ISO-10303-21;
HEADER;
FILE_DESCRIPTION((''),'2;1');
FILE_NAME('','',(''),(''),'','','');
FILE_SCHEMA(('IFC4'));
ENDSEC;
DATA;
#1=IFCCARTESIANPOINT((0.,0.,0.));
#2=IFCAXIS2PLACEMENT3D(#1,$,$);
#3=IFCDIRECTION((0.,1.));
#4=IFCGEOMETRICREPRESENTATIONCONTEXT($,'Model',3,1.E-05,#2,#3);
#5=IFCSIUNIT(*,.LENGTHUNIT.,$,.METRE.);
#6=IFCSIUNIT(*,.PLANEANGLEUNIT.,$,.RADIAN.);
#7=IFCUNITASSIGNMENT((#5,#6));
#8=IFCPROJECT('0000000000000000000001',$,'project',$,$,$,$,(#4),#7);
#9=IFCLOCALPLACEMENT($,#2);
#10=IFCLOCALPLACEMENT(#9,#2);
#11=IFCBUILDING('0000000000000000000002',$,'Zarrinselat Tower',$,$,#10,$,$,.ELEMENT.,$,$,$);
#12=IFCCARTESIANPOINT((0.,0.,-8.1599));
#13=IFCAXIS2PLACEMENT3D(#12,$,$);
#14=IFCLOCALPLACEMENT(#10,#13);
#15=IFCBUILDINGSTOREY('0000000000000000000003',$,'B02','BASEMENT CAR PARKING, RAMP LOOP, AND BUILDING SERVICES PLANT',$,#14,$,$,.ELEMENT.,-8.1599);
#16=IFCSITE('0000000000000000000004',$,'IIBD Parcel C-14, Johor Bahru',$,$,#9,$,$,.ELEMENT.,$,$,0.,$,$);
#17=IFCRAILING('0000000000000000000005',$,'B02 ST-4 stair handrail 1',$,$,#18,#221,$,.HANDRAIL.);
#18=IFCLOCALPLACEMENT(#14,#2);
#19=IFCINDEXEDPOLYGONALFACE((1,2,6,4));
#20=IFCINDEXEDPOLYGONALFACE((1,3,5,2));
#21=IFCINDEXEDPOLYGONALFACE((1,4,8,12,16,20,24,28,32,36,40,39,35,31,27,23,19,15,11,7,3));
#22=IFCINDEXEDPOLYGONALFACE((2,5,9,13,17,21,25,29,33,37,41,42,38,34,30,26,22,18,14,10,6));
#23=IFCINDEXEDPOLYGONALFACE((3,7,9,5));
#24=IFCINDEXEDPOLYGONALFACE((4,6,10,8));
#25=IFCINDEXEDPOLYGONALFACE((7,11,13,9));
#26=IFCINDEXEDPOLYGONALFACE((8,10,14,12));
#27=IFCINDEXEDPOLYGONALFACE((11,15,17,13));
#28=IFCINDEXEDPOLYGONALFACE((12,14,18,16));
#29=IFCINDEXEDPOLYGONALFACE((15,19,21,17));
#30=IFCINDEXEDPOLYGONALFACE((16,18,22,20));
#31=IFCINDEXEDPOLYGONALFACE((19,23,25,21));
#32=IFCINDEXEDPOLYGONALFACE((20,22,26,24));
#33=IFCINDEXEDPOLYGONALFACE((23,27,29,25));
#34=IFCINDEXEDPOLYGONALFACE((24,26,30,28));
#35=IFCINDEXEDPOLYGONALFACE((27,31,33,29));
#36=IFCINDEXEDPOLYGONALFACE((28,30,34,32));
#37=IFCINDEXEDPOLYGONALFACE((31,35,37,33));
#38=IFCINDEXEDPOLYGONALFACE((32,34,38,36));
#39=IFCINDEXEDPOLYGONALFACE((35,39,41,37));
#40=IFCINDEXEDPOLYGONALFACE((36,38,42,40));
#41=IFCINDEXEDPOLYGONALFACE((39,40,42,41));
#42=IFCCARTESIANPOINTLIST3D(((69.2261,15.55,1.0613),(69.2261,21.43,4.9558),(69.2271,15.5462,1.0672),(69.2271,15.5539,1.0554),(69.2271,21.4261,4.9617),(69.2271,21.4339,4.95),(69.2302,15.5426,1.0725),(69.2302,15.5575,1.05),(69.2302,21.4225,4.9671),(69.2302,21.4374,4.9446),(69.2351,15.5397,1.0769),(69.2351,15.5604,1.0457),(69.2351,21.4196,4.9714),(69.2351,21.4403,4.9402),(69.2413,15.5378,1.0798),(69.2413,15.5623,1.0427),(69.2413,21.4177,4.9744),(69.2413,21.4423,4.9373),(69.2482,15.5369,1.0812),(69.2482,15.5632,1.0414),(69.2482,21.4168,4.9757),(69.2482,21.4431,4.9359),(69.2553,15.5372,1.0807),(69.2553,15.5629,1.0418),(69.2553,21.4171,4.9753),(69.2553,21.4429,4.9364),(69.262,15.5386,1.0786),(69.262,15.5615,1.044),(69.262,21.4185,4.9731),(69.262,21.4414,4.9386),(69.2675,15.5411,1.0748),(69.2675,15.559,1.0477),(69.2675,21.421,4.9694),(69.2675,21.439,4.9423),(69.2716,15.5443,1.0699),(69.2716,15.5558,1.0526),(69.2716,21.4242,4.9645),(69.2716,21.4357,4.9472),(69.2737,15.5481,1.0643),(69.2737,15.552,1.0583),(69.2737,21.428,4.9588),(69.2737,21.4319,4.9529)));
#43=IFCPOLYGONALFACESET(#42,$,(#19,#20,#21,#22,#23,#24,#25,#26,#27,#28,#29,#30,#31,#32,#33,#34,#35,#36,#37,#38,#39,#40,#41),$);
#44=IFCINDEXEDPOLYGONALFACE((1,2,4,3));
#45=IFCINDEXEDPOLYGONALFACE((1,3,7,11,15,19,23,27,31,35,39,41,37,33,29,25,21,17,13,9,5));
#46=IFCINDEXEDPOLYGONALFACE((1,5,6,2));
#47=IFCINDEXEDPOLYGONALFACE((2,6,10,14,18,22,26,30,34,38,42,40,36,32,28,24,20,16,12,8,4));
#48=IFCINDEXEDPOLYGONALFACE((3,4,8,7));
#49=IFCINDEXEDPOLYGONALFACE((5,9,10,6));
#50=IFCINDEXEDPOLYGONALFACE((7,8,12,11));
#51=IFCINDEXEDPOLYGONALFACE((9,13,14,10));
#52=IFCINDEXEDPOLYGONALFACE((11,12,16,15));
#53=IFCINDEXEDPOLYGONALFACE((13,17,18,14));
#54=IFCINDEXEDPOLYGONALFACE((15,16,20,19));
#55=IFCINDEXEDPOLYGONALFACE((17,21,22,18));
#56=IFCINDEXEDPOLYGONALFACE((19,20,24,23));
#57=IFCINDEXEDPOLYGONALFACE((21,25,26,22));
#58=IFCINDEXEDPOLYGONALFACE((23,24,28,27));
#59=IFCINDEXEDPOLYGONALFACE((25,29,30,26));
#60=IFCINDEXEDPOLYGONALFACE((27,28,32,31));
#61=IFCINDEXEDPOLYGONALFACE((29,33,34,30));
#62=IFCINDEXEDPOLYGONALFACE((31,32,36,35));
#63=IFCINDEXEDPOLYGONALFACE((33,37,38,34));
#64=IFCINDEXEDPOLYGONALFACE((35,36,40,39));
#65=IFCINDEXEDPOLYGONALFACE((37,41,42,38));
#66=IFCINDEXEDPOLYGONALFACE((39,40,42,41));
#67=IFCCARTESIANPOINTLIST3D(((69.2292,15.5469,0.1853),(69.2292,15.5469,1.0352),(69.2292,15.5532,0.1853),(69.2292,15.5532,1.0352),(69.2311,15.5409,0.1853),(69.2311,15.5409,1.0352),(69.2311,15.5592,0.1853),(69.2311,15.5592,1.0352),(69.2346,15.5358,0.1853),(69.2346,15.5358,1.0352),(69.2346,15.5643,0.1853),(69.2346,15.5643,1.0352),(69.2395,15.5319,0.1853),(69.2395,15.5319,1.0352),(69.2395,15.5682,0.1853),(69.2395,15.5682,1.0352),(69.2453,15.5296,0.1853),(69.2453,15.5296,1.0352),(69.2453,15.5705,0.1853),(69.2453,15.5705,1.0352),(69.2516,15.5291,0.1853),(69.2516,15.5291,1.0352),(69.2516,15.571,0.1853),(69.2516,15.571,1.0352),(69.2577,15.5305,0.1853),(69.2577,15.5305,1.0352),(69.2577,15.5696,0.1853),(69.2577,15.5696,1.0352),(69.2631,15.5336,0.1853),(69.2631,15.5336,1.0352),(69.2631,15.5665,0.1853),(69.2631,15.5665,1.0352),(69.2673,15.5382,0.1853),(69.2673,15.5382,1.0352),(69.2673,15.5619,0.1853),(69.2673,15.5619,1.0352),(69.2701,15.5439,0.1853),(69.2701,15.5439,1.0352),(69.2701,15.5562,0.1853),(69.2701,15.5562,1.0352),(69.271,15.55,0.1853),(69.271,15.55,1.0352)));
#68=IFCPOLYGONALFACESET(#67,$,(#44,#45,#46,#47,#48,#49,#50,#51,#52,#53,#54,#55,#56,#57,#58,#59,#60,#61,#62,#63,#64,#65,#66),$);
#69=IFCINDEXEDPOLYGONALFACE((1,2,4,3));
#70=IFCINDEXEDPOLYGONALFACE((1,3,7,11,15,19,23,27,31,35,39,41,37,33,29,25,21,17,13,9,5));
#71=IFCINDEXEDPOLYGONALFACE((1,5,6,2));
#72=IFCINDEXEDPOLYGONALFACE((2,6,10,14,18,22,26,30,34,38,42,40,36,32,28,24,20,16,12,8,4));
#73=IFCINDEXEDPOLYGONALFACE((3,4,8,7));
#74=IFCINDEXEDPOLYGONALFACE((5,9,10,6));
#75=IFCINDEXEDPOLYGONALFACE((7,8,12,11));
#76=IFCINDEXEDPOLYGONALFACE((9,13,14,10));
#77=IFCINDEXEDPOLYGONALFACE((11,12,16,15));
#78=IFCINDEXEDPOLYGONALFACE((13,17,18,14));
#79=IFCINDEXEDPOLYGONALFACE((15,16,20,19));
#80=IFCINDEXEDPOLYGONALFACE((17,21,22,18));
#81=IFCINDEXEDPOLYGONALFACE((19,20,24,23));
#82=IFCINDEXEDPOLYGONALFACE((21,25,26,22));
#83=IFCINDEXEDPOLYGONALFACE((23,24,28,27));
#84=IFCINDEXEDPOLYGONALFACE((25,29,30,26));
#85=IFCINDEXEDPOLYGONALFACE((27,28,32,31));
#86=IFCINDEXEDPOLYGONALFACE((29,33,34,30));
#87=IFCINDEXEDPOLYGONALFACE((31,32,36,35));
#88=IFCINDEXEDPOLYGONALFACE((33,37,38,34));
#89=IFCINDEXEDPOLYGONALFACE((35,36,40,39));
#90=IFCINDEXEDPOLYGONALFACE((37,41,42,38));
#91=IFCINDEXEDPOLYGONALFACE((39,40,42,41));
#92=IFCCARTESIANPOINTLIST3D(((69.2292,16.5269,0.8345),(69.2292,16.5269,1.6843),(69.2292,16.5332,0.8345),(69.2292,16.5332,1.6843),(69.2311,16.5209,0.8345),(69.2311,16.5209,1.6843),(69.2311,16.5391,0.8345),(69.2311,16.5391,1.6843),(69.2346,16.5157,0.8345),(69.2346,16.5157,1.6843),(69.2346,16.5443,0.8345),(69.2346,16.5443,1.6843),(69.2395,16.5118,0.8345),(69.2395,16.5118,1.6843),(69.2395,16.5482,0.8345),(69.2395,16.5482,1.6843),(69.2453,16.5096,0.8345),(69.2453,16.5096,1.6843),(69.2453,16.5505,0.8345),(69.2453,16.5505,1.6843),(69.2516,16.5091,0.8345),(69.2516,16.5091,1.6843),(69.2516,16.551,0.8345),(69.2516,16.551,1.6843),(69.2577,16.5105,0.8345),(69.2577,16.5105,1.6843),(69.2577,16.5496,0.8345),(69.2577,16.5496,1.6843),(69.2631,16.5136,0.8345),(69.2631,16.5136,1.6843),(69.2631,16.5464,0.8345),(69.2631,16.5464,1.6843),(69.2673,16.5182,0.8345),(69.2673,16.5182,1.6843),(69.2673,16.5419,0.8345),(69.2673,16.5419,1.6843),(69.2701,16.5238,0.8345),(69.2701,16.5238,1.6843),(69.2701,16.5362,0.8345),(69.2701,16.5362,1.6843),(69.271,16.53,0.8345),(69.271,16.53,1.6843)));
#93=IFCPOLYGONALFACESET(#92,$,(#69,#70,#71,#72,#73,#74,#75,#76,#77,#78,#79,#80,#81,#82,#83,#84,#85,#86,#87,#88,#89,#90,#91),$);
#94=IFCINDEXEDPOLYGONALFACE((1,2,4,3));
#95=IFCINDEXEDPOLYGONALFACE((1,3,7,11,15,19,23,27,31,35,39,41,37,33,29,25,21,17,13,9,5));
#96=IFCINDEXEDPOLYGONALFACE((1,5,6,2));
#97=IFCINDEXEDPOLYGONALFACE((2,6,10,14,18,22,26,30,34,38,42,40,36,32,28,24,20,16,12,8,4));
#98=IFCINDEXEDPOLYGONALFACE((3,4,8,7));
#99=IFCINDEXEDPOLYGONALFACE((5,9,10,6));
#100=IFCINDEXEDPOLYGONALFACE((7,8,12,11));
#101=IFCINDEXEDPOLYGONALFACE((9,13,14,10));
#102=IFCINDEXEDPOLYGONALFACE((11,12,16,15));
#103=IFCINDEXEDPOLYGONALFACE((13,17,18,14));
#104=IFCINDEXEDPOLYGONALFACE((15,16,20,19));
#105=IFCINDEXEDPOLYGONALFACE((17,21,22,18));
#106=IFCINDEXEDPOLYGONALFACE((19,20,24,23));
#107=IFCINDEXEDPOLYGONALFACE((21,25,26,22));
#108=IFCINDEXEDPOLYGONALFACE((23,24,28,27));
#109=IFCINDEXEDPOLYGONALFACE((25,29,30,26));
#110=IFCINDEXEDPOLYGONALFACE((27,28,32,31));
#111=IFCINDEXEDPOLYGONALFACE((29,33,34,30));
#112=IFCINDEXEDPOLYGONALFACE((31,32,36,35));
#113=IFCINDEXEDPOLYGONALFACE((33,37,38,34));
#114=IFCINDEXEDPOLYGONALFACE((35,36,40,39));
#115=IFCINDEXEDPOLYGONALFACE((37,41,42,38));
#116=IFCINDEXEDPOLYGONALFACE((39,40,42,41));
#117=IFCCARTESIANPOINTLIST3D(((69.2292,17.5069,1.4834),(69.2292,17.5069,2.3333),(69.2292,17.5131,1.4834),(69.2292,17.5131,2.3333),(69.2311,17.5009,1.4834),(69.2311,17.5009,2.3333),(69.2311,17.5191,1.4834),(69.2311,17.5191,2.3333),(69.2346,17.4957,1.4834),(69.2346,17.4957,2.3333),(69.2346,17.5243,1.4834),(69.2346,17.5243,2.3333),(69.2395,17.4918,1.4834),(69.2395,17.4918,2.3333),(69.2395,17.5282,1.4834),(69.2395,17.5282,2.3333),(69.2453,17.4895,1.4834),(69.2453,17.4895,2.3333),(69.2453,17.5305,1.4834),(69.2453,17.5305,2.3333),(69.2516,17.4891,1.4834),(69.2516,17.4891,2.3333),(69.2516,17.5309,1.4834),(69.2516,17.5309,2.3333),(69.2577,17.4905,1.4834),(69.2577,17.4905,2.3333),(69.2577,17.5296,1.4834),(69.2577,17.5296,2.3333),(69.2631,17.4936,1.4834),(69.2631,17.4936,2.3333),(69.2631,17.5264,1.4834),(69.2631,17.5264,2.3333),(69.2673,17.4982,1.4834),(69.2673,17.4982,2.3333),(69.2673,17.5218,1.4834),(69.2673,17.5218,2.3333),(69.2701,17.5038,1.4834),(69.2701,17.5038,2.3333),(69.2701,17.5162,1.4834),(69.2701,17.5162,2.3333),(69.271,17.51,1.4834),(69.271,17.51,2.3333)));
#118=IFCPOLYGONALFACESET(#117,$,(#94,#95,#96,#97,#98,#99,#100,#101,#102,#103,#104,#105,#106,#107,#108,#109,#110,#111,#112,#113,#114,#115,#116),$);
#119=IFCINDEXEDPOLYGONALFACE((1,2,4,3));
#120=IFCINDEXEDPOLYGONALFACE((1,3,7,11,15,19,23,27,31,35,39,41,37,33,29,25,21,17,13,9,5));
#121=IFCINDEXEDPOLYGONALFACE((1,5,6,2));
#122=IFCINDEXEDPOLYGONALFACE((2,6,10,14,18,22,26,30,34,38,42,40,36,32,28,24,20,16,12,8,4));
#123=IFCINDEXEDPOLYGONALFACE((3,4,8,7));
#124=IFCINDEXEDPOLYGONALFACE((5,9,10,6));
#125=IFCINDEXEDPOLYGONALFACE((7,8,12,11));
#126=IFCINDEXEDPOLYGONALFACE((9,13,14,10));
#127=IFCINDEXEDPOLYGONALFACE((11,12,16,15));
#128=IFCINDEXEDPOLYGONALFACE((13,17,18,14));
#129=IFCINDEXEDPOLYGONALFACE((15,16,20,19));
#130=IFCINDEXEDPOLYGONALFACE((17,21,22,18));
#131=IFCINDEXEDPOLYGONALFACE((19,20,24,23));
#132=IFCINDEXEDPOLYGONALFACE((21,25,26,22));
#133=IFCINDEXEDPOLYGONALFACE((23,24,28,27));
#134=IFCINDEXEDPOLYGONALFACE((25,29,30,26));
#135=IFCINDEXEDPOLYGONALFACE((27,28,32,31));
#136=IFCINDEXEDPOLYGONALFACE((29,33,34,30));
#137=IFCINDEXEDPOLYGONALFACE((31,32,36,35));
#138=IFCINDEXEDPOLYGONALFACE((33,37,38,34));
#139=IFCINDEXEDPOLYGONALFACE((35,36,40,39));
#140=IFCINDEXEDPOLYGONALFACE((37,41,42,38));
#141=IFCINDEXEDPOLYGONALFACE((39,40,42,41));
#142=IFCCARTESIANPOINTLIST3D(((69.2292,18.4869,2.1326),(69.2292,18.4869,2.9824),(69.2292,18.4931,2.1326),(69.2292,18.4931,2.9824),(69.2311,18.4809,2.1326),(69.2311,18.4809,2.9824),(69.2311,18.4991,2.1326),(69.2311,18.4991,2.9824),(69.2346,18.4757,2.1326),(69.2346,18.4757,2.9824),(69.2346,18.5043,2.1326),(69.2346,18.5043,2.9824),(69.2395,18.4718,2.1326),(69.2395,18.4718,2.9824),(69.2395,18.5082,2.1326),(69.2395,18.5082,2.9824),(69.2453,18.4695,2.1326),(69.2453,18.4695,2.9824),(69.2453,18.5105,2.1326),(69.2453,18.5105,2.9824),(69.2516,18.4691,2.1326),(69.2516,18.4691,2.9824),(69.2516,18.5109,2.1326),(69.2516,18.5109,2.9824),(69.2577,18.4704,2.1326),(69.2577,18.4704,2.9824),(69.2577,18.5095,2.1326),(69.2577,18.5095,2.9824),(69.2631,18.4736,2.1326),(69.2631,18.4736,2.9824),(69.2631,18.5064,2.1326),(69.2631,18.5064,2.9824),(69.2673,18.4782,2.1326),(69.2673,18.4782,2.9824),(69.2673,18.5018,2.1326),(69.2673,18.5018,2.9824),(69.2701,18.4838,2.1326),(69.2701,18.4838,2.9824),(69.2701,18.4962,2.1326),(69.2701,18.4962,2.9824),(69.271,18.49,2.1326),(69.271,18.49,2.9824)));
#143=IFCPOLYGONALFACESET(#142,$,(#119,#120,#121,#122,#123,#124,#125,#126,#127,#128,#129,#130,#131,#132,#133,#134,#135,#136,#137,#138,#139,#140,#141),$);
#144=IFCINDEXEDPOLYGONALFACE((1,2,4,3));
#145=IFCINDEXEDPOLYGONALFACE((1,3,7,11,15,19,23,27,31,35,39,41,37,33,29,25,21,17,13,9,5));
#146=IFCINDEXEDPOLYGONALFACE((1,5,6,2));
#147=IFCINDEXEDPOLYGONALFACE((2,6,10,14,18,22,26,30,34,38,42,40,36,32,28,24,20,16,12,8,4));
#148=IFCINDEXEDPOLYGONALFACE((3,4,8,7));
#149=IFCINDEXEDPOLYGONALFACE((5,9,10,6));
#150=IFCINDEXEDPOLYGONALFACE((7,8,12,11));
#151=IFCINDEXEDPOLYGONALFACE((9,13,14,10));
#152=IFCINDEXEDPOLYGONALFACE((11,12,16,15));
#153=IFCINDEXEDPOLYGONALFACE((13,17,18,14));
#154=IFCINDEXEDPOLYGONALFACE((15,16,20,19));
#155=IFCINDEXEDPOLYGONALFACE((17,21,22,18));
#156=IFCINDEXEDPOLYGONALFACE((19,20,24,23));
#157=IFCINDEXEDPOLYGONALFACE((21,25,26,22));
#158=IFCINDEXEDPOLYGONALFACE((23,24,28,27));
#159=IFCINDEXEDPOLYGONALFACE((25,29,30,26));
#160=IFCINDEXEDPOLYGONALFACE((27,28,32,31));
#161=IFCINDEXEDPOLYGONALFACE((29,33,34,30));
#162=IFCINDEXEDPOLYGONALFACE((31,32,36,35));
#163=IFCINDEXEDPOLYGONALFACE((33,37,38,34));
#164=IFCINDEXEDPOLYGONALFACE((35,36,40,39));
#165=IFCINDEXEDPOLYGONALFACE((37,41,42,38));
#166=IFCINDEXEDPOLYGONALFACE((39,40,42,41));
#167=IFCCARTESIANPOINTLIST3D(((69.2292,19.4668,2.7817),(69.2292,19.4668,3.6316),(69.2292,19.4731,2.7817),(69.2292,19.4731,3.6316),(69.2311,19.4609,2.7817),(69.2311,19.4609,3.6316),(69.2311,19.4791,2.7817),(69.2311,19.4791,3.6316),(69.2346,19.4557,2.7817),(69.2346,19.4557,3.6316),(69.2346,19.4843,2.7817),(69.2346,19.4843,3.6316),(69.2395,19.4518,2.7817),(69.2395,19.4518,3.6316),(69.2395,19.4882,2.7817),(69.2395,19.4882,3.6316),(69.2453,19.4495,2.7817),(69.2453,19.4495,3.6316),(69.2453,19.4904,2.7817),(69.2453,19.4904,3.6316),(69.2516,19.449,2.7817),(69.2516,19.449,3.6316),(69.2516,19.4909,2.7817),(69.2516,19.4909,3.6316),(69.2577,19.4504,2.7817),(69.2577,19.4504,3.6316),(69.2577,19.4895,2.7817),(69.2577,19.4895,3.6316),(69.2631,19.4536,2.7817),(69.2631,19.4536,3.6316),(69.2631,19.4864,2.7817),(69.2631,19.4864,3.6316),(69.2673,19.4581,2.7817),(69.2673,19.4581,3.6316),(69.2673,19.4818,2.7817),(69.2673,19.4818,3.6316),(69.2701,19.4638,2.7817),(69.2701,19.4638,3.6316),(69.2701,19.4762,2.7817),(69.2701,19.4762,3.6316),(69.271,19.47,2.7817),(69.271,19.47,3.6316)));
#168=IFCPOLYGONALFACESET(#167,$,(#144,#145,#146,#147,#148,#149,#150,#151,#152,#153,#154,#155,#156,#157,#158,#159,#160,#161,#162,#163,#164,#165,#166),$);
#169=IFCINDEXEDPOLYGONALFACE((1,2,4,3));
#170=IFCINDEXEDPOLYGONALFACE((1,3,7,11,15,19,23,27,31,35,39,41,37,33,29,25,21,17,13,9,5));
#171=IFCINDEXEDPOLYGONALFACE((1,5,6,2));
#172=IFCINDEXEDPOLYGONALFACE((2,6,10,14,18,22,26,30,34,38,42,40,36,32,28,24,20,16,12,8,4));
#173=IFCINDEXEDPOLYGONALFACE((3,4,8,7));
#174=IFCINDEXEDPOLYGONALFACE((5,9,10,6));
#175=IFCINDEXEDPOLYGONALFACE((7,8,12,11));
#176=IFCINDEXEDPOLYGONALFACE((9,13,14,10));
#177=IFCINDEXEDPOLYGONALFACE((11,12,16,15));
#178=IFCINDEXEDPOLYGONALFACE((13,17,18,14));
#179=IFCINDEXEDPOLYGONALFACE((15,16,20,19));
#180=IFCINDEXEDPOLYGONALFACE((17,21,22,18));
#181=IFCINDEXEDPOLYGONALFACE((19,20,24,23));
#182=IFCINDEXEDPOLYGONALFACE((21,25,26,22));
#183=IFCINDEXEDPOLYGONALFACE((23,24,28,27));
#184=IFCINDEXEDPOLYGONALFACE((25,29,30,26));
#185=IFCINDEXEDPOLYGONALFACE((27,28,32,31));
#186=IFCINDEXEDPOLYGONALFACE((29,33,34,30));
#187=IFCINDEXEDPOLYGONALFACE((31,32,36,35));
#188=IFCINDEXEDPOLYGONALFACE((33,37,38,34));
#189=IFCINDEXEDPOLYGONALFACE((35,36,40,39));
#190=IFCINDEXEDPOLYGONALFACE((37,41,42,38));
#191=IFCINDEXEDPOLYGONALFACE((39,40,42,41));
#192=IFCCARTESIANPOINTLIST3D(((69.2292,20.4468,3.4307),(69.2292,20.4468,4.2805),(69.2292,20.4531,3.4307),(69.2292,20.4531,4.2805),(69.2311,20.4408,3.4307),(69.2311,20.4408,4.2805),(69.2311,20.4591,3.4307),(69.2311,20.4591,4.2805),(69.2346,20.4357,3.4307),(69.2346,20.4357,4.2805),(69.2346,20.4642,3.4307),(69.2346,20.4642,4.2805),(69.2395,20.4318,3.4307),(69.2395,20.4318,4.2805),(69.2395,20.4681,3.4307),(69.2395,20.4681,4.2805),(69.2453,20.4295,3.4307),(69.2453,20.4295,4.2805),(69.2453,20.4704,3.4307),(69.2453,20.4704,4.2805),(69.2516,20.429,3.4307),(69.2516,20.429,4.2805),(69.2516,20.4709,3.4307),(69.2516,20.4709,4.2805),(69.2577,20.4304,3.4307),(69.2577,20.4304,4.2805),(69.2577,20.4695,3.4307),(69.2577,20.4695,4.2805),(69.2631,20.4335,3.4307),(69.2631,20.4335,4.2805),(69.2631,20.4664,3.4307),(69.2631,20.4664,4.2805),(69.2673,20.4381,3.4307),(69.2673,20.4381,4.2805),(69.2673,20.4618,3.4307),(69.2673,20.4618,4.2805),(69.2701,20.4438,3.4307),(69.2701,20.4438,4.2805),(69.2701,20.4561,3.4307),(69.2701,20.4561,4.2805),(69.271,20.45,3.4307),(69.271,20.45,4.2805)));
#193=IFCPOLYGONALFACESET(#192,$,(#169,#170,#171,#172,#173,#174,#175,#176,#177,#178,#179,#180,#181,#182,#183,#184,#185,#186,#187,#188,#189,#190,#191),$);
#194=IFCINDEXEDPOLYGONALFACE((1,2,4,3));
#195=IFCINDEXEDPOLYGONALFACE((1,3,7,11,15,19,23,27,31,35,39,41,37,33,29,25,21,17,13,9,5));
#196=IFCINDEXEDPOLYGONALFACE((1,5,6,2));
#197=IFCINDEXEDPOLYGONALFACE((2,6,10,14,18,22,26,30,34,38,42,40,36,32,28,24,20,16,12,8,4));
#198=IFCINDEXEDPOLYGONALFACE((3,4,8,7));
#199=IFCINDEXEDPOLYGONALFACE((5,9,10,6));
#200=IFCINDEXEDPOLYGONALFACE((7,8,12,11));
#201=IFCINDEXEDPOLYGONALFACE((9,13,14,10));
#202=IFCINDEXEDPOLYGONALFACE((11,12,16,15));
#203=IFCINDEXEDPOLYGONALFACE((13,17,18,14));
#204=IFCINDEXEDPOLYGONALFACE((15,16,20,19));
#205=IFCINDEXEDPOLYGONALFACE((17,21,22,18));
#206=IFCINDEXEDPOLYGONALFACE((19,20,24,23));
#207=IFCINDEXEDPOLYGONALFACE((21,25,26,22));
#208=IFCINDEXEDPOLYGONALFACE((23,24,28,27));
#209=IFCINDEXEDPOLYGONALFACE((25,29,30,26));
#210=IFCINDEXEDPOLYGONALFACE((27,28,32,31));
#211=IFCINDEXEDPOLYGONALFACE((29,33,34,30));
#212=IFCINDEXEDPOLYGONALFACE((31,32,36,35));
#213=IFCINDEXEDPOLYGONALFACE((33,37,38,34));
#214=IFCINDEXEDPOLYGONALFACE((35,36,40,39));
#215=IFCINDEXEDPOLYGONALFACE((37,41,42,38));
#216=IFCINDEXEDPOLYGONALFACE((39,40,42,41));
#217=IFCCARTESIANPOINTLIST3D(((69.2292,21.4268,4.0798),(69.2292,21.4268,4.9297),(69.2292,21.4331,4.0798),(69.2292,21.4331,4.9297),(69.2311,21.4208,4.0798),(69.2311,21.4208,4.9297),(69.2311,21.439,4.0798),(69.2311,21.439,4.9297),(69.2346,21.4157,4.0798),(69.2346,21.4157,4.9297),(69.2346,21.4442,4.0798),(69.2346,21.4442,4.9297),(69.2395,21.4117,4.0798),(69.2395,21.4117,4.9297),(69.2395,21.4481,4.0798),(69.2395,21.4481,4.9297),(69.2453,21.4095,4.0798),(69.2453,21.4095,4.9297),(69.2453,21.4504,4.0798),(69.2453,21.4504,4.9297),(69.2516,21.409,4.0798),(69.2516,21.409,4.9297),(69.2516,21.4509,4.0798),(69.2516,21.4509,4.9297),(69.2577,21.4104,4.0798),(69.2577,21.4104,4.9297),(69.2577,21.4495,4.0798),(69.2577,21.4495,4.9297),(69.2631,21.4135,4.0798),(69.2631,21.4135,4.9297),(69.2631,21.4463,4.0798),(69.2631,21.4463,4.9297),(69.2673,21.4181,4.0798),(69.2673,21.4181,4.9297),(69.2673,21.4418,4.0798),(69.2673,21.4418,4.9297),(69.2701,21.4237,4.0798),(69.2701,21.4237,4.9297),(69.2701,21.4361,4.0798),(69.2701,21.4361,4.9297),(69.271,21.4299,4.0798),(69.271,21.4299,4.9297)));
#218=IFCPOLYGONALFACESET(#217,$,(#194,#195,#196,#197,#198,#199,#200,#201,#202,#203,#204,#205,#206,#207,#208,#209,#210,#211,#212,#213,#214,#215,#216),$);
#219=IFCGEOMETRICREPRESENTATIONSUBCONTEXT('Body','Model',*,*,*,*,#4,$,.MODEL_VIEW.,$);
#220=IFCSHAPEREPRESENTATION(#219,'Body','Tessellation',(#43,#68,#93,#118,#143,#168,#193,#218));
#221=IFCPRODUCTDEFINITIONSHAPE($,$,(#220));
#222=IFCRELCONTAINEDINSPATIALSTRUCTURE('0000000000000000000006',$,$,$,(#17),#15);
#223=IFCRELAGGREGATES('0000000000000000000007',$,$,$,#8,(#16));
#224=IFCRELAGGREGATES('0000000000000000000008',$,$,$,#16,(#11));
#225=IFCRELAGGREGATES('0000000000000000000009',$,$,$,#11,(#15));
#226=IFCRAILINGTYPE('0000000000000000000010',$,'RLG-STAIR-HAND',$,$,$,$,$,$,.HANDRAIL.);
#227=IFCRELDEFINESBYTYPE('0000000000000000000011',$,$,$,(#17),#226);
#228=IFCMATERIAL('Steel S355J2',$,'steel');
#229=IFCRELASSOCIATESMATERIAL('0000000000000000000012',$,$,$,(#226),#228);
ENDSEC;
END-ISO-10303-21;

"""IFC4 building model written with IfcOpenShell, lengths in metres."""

from ifc_helpers import new_model, si_unit, direction, frame, origin, origin_2d, place, context, subcontext, project, spatial, circle, extrude, material, type_object, element, save


model = new_model("IFC4")

# Units and contexts
model_context = context("Model", 3, precision=1e-05, world=origin(), true_north=direction((0.0, 1.0)))
body_context = subcontext(model_context, "Body", "Model", "MODEL_VIEW")
ifc_project = project(units=[si_unit("LENGTHUNIT", "METRE"), si_unit("PLANEANGLEUNIT", "RADIAN")], contexts=[model_context])

# Site, building, storey
site_placement = place(None, origin())
site = spatial("IfcSite", under=ifc_project, at=site_placement, Name="IIBD Parcel C-14, Johor Bahru", CompositionType="ELEMENT", RefElevation=0.0)
building_placement = place(site_placement, origin())
building = spatial("IfcBuilding", under=site, at=building_placement, Name="Zarrinselat Tower", CompositionType="ELEMENT")
storey_placement = place(building_placement, frame((0.0, 0.0, -8.1599)))
storey = spatial("IfcBuildingStorey", under=building, at=storey_placement, Name="B02", Description="BASEMENT CAR PARKING, RAMP LOOP, AND BUILDING SERVICES PLANT", CompositionType="ELEMENT", Elevation=-8.1599)

# Railing
ifc_material_1 = material(Name="Steel S355J2", Category="steel")
railing_type = type_object("IfcRailingType", Name="RLG-STAIR-HAND", PredefinedType="HANDRAIL", material=ifc_material_1)
railing_placement = place(storey_placement, frame((69.25, 15.55, 0.1853)))
element("IfcRailing", 1, at=railing_placement, inside=storey, type_object=railing_type, Name="B02 ST-4 stair handrail 1", PredefinedType="HANDRAIL", context=body_context, shape_type="SweptSolid", body=[
    extrude(circle(Radius=0.0239, at=origin_2d()), frame((0.0, 0.0, 0.876), z_axis=(0.0, 0.833708, 0.552205), x_axis=(-1.0, 0.0, 0.0)), (0.0, 0.0, 1.0), 7.0527),
    extrude(circle(Radius=0.021, at=origin_2d()), origin(), (0.0, 0.0, 1.0), 0.8499),
    extrude(circle(Radius=0.021, at=origin_2d()), frame((0.0, 0.98, 0.6492)), (0.0, 0.0, 1.0), 0.8499),
    extrude(circle(Radius=0.021, at=origin_2d()), frame((0.0, 1.96, 1.2981)), (0.0, 0.0, 1.0), 0.8499),
    extrude(circle(Radius=0.021, at=origin_2d()), frame((0.0, 2.9399, 1.9473)), (0.0, 0.0, 1.0), 0.8499),
    extrude(circle(Radius=0.021, at=origin_2d()), frame((0.0, 3.9199, 2.5964)), (0.0, 0.0, 1.0), 0.8499),
    extrude(circle(Radius=0.021, at=origin_2d()), frame((0.0, 4.8999, 3.2454)), (0.0, 0.0, 1.0), 0.8499),
    extrude(circle(Radius=0.021, at=origin_2d()), frame((0.0, 5.8799, 3.8945)), (0.0, 0.0, 1.0), 0.8499),
])

save(model, "model.ifc")
